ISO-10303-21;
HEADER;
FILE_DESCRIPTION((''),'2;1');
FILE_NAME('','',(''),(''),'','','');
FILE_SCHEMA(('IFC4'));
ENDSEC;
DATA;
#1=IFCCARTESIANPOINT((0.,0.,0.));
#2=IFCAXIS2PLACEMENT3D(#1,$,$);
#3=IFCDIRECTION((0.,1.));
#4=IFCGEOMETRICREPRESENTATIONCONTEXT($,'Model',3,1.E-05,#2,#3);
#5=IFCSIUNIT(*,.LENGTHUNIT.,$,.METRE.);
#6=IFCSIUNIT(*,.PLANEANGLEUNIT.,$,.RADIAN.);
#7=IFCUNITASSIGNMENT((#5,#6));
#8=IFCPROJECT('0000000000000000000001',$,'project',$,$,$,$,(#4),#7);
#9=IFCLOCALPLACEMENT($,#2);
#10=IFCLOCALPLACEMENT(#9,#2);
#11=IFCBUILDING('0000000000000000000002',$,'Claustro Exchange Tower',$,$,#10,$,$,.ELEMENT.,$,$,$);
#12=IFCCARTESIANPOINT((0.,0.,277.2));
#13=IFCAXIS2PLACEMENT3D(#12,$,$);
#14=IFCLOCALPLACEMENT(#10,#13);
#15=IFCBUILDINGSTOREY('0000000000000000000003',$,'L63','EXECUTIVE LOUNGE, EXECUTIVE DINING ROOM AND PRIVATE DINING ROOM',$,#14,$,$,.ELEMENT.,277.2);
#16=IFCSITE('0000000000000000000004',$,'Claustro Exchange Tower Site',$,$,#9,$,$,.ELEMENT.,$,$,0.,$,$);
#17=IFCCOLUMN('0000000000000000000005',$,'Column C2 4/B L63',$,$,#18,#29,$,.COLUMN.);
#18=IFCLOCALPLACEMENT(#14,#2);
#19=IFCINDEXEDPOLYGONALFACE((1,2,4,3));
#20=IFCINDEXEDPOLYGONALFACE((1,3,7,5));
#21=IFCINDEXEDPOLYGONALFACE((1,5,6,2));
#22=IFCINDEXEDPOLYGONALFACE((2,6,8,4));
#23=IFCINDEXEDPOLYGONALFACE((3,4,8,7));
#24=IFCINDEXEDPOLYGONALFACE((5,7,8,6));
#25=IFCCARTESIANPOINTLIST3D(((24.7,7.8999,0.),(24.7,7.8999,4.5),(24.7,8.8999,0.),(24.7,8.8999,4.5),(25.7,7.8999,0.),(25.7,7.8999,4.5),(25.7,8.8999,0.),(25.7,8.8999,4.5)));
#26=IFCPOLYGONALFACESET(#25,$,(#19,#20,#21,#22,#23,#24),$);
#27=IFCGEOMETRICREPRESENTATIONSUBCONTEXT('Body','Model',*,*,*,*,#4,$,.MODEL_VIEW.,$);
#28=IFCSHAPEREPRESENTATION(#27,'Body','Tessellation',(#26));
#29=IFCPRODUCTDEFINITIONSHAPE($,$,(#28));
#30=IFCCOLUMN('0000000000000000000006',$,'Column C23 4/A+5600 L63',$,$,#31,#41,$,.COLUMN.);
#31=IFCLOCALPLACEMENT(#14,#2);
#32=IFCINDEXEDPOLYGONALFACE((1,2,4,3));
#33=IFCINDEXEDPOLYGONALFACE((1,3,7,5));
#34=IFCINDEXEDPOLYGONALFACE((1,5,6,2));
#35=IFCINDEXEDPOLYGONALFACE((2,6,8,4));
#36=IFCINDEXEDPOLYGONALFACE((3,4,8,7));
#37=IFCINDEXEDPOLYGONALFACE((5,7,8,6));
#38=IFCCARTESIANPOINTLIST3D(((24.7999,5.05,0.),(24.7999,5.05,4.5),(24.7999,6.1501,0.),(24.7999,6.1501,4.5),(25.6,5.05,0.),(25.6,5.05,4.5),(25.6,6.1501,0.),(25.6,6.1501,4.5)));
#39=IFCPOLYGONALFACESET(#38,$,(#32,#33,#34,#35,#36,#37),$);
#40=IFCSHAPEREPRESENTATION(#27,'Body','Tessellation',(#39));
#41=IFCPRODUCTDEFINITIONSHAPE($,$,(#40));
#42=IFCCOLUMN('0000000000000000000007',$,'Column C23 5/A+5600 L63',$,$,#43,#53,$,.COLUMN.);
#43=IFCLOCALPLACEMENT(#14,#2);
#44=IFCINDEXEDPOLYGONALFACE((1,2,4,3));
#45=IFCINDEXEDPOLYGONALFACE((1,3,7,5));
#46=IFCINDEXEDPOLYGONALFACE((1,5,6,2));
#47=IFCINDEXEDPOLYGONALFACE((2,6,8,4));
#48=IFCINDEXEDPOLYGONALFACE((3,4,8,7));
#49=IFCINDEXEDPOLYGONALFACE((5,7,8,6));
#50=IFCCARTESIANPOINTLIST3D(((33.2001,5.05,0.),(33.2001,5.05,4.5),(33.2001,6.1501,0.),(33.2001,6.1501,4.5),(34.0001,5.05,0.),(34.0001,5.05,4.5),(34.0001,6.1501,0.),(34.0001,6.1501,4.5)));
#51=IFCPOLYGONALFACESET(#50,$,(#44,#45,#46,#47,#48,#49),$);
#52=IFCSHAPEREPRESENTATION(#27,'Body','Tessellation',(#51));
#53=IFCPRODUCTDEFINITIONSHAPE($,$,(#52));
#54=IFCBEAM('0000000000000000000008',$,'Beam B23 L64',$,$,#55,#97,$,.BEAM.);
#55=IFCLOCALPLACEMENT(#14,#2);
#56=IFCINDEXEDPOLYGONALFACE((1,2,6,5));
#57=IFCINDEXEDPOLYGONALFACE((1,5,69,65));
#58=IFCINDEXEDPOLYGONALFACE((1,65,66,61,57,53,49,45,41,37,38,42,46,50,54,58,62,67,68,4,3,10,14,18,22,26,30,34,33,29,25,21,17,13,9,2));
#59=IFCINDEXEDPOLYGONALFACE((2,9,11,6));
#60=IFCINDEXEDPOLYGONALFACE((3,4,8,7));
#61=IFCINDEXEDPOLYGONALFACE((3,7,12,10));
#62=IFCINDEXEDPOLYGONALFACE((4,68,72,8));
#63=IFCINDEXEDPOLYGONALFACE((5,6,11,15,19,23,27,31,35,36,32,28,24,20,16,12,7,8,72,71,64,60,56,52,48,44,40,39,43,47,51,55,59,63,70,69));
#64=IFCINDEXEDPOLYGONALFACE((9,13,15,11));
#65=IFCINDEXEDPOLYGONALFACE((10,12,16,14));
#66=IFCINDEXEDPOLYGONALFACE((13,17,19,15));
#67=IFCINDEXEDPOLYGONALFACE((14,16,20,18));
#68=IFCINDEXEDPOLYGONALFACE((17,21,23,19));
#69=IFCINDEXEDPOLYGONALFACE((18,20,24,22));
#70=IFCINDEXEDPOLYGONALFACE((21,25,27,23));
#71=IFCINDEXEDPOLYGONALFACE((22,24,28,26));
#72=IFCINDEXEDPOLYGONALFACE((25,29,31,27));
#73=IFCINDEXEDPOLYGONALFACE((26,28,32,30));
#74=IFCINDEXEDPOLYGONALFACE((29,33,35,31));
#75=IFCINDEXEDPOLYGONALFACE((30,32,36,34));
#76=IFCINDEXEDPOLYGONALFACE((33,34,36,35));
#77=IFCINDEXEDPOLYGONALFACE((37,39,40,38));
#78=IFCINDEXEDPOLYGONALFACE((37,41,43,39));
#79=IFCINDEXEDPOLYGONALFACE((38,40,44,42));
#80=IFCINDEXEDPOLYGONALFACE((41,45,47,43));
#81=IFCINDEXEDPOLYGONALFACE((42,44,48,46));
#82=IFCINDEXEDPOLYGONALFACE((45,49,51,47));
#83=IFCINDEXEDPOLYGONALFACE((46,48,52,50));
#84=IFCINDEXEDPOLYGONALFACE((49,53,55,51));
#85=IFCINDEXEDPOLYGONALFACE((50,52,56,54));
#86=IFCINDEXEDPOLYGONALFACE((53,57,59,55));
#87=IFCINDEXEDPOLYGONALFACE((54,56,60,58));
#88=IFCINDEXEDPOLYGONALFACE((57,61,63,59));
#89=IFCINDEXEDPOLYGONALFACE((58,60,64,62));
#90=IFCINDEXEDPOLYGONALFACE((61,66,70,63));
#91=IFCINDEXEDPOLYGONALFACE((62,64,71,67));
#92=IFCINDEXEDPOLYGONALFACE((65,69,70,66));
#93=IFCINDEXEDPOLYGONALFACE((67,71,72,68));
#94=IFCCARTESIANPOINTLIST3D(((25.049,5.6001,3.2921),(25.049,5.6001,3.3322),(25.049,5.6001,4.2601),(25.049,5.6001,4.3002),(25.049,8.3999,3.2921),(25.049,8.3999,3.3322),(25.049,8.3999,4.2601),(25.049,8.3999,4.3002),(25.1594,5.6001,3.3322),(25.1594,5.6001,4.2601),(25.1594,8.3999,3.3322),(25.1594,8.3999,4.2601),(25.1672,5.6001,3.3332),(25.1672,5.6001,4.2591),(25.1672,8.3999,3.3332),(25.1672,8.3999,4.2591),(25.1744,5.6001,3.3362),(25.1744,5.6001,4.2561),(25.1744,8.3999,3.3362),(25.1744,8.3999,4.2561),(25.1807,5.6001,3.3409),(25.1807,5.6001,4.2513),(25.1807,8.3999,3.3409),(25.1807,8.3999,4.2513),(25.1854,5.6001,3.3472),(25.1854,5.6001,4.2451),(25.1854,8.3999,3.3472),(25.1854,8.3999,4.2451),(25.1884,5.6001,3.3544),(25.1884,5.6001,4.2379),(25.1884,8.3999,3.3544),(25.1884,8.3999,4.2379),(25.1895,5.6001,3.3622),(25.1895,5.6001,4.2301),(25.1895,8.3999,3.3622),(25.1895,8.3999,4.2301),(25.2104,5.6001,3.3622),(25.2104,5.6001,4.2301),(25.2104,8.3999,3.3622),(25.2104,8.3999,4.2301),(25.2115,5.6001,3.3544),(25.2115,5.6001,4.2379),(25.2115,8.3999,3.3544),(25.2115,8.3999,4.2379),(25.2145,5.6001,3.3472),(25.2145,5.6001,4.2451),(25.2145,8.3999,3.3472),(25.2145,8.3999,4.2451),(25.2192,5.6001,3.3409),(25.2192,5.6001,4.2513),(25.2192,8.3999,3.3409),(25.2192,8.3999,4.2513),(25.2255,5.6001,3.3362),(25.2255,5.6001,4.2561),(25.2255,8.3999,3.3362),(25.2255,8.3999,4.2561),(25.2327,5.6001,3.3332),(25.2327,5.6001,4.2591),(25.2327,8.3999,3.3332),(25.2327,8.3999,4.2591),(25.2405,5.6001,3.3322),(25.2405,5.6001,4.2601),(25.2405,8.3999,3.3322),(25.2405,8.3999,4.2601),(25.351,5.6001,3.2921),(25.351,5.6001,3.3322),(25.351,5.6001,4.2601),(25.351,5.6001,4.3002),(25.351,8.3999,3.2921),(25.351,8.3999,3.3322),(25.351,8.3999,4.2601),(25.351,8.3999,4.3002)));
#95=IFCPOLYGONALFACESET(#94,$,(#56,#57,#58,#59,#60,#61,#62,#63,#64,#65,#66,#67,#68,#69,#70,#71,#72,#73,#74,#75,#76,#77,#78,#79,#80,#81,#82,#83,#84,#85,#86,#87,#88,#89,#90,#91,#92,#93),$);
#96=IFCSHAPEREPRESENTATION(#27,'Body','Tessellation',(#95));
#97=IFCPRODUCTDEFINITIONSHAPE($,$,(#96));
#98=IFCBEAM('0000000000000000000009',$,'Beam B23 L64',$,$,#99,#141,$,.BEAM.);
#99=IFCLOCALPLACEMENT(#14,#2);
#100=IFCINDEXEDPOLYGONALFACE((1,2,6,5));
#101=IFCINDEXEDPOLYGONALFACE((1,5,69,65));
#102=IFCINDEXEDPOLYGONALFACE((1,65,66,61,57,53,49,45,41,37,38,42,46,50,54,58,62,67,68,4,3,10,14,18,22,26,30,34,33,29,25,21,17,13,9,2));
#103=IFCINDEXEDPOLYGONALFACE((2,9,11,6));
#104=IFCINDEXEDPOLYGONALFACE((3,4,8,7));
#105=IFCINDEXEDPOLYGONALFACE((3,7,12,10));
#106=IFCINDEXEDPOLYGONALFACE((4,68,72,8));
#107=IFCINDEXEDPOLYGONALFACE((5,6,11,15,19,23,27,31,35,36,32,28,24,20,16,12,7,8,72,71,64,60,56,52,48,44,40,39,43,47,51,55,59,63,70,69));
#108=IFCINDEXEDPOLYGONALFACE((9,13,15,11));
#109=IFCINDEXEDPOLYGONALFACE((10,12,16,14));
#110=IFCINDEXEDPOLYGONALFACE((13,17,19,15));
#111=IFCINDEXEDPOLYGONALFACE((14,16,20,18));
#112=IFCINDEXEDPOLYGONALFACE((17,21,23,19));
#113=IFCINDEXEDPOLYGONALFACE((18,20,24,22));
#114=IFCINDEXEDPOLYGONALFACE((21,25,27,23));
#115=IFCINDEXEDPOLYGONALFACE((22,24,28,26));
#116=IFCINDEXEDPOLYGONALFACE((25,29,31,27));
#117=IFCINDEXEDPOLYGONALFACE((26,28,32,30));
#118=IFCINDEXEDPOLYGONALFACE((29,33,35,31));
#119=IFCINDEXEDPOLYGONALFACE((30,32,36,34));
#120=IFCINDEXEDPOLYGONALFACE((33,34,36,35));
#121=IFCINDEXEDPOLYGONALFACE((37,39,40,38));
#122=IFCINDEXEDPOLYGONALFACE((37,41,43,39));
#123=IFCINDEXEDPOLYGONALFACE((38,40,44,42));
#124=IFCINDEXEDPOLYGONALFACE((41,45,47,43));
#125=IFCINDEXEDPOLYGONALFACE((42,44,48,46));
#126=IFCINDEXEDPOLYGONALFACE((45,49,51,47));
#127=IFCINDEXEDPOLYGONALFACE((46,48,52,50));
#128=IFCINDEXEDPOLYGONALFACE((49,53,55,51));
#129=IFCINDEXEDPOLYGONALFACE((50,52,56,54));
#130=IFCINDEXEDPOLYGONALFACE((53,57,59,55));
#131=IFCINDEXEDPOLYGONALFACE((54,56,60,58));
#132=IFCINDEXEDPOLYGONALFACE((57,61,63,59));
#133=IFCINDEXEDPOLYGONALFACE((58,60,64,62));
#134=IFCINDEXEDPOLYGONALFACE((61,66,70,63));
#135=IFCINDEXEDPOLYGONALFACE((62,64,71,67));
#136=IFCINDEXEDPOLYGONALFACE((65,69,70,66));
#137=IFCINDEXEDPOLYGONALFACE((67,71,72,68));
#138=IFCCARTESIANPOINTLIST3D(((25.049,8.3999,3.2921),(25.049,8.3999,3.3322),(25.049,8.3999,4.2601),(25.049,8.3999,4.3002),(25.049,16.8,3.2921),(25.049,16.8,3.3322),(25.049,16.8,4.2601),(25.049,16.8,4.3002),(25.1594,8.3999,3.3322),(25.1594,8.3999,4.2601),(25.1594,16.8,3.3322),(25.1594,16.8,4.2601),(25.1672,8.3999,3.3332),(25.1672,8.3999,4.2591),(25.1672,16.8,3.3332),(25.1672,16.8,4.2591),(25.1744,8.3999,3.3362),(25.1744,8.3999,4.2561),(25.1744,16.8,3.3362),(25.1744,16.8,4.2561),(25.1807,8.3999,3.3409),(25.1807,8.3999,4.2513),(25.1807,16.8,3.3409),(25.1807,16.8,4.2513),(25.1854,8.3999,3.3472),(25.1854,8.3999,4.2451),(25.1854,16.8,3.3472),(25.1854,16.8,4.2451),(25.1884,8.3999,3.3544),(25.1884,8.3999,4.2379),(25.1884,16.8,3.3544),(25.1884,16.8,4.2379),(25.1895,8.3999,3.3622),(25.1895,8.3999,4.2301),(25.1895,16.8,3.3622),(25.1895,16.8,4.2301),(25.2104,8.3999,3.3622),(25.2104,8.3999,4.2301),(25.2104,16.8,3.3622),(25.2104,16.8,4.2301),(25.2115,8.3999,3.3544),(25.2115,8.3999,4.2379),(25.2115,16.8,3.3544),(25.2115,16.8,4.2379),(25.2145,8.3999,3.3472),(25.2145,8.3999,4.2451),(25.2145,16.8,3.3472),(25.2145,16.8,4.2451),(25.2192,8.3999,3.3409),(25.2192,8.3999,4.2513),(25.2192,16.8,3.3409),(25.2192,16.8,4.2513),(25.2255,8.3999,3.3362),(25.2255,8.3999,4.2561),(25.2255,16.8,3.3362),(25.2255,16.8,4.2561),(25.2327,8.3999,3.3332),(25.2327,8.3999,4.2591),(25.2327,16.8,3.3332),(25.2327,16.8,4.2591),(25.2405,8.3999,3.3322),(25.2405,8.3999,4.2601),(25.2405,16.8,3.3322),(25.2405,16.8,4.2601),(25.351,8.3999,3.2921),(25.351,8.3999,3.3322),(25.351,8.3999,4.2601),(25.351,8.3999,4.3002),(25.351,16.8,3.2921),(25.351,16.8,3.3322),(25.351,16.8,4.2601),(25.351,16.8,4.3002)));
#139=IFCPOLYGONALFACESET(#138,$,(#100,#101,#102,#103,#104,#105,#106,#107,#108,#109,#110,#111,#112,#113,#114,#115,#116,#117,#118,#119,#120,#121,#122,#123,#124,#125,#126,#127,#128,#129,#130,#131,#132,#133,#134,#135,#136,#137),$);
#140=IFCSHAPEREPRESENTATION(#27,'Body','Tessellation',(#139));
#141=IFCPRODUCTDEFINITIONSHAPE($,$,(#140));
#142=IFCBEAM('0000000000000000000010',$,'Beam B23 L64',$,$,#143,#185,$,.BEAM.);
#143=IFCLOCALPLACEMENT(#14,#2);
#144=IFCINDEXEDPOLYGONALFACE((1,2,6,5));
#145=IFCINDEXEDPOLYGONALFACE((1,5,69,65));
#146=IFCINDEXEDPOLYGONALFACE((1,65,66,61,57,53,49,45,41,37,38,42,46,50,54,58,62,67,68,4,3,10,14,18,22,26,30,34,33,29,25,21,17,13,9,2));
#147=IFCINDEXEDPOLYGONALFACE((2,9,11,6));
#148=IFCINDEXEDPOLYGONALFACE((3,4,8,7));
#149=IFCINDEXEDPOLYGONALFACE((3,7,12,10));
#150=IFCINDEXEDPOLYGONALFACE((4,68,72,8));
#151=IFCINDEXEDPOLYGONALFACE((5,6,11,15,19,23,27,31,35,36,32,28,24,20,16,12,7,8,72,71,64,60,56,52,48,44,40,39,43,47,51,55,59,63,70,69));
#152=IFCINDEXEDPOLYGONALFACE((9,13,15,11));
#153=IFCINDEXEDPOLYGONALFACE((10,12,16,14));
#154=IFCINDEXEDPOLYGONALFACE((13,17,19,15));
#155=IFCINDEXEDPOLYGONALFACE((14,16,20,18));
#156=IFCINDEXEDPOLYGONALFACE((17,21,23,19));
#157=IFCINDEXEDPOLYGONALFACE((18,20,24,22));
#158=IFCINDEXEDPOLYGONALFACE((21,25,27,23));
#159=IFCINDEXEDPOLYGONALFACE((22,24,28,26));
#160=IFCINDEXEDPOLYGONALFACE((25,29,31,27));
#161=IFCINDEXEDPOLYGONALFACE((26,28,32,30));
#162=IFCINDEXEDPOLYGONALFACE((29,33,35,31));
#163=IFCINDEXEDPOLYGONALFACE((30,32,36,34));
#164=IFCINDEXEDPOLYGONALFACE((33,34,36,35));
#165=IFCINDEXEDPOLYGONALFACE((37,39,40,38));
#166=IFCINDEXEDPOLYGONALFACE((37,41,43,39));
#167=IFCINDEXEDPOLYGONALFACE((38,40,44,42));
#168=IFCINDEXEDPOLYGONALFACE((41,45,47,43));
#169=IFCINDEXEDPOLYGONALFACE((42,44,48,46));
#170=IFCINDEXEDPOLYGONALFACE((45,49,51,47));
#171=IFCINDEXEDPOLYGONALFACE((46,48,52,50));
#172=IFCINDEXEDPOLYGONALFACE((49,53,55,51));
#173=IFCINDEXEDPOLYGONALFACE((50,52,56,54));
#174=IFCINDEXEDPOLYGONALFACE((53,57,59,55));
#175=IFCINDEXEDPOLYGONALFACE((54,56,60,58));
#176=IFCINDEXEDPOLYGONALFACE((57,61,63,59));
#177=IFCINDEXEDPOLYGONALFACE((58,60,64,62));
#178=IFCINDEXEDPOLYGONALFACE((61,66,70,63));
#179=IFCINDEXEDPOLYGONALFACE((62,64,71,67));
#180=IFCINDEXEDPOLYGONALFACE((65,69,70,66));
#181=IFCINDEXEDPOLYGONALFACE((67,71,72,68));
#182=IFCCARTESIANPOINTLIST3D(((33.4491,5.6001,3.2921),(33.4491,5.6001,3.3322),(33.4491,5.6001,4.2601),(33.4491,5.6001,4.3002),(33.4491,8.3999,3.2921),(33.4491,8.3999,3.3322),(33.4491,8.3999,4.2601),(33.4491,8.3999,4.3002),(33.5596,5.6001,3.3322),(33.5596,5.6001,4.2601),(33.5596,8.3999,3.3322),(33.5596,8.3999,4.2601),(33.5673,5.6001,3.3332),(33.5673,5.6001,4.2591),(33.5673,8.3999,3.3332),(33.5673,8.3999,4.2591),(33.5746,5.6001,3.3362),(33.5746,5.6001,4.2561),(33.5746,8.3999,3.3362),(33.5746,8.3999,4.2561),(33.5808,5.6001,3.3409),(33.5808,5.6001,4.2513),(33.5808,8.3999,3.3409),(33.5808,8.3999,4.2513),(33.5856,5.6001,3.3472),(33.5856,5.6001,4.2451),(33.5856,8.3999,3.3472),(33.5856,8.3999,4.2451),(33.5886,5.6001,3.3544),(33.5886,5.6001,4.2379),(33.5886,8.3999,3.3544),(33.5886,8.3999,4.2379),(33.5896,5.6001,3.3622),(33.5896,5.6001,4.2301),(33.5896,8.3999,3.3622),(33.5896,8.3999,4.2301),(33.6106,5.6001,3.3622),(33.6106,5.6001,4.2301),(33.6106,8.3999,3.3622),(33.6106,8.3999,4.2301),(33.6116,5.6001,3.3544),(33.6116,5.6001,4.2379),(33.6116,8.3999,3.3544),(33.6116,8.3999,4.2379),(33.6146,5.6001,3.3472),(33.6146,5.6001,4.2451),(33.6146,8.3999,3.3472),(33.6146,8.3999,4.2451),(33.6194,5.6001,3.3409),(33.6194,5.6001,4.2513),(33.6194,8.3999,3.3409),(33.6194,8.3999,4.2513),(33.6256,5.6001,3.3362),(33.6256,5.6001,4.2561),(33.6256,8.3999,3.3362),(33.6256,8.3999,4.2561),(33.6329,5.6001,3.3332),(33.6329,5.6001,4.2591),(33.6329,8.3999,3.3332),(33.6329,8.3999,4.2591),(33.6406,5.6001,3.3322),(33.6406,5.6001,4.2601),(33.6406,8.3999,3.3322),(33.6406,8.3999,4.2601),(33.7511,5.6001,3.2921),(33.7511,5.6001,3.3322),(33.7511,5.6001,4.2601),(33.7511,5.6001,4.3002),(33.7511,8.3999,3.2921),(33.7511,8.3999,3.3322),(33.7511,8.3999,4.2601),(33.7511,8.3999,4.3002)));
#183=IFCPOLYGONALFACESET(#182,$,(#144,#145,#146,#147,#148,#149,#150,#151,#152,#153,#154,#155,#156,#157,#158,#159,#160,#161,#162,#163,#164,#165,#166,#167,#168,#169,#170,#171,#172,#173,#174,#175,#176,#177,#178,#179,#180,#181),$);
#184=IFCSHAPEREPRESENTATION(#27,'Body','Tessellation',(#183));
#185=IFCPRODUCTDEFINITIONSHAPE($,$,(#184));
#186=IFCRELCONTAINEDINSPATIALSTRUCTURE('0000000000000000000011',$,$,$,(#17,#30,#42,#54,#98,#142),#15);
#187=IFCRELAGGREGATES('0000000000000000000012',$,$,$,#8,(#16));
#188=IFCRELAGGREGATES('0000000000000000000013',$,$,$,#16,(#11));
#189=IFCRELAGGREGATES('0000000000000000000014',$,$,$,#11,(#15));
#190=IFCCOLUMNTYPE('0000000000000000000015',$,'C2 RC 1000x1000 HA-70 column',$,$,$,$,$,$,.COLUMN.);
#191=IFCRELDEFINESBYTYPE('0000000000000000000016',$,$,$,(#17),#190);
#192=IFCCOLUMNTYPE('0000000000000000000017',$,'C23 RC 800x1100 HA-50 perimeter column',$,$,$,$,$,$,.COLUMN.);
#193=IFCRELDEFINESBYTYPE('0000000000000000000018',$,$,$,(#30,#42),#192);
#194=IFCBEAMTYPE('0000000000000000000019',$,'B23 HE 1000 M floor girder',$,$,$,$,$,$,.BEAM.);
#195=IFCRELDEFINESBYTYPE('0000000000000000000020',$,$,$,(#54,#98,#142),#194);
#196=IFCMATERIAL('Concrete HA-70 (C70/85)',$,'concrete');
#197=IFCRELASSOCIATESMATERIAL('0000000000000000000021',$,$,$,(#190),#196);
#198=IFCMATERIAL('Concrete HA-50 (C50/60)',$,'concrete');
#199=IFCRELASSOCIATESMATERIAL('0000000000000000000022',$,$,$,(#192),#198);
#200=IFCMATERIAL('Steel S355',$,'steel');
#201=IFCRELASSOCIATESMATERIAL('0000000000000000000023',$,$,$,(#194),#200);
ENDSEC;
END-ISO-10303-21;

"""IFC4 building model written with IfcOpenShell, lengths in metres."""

from ifc_helpers import new_model, si_unit, direction, frame, origin, origin_2d, place, context, subcontext, project, spatial, rectangle, i_section, extrude, material, material_profile, profile_set, type_object, element, save


model = new_model("IFC4")

# Units and contexts
model_context = context("Model", 3, precision=1e-05, world=origin(), true_north=direction((0.0, 1.0)))
body_context = subcontext(model_context, "Body", "Model", "MODEL_VIEW")
ifc_project = project(units=[si_unit("LENGTHUNIT", "METRE"), si_unit("PLANEANGLEUNIT", "RADIAN")], contexts=[model_context])

# Site, building, storey
site_placement = place(None, origin())
site = spatial("IfcSite", under=ifc_project, at=site_placement, Name="Claustro Exchange Tower Site", CompositionType="ELEMENT", RefElevation=0.0)
building_placement = place(site_placement, origin())
building = spatial("IfcBuilding", under=site, at=building_placement, Name="Claustro Exchange Tower", CompositionType="ELEMENT")
storey_placement = place(building_placement, frame((0.0, 0.0, 277.2)))
storey = spatial("IfcBuildingStorey", under=building, at=storey_placement, Name="L63", Description="EXECUTIVE LOUNGE, EXECUTIVE DINING ROOM AND PRIVATE DINING ROOM", CompositionType="ELEMENT", Elevation=277.2)

# Columns
ifc_material_1 = material(Name="Concrete HA-70 (C70/85)", Category="concrete")
ifc_material_profile_1 = material_profile(ifc_material_1, rectangle(XDim=1.0, YDim=1.0, at=origin_2d()), Name="RC 1000x1000")
ifc_profile_set_1 = profile_set([ifc_material_profile_1], Name="Concrete HA-70 (C70/85)")
column_type_1 = type_object("IfcColumnType", Name="C2 RC 1000x1000 HA-70 column", PredefinedType="COLUMN", material=ifc_profile_set_1)
column_placement = place(storey_placement, frame((25.2, 8.3999, 0.0), z_axis=(0.0, 0.0, 1.0), x_axis=(1.0, 0.0, 0.0)))
element("IfcColumn", 1, at=column_placement, inside=storey, type_object=column_type_1, Name="Column C2 4/B L63", PredefinedType="COLUMN", context=body_context, shape_type="SweptSolid", body=[
    extrude(rectangle(XDim=1.0, YDim=1.0, at=origin_2d()), origin(), (0.0, 0.0, 1.0), 4.5),
])
ifc_material_2 = material(Name="Concrete HA-50 (C50/60)", Category="concrete")
ifc_material_profile_2 = material_profile(ifc_material_2, rectangle(XDim=0.8, YDim=1.1001, at=origin_2d()), Name="RC 800x1100")
ifc_profile_set_2 = profile_set([ifc_material_profile_2], Name="Concrete HA-50 (C50/60)")
column_type_2 = type_object("IfcColumnType", Name="C23 RC 800x1100 HA-50 perimeter column", PredefinedType="COLUMN", material=ifc_profile_set_2)
for number, where, z_axis, x_axis, name in (
    (2, (25.2, 5.6001, 0.0), (0.0, 0.0, 1.0), (1.0, 0.0, 0.0), "Column C23 4/A+5600 L63"),
    (3, (33.6001, 5.6001, 0.0), (0.0, 0.0, 1.0), (1.0, 0.0, 0.0), "Column C23 5/A+5600 L63"),
):
    element("IfcColumn", number, at=place(storey_placement, frame(where, z_axis=z_axis, x_axis=x_axis)), inside=storey, type_object=column_type_2, Name=name, PredefinedType="COLUMN", context=body_context, shape_type="SweptSolid", body=[
        extrude(rectangle(XDim=0.8, YDim=1.1001, at=origin_2d()), origin(), (0.0, 0.0, 1.0), 4.5),
    ])

# Beams
ifc_material_3 = material(Name="Steel S355", Category="steel")
ifc_material_profile_3 = material_profile(ifc_material_3, i_section(OverallWidth=0.302, OverallDepth=1.0081, WebThickness=0.021, FlangeThickness=0.04, FilletRadius=0.03, at=origin_2d()), Name="HE 1000 M")
ifc_profile_set_3 = profile_set([ifc_material_profile_3], Name="Steel S355")
beam_type_1 = type_object("IfcBeamType", Name="B23 HE 1000 M floor girder", PredefinedType="BEAM", material=ifc_profile_set_3)
beam_1_placement = place(storey_placement, frame((25.2, 5.6001, 3.7961), z_axis=(0.0, 1.0, 0.0), x_axis=(-1.0, 0.0, 0.0)))
element("IfcBeam", 4, at=beam_1_placement, inside=storey, type_object=beam_type_1, Name="Beam B23 L64", PredefinedType="BEAM", context=body_context, shape_type="SweptSolid", body=[
    extrude(i_section(OverallWidth=0.302, OverallDepth=1.0081, WebThickness=0.021, FlangeThickness=0.04, FilletRadius=0.03, at=origin_2d()), origin(), (0.0, 0.0, 1.0), 2.7998),
])
beam_2_placement = place(storey_placement, frame((25.2, 8.3999, 3.7961), z_axis=(0.0, 1.0, 0.0), x_axis=(-1.0, 0.0, 0.0)))
element("IfcBeam", 5, at=beam_2_placement, inside=storey, type_object=beam_type_1, Name="Beam B23 L64", PredefinedType="BEAM", context=body_context, shape_type="SweptSolid", body=[
    extrude(i_section(OverallWidth=0.302, OverallDepth=1.0081, WebThickness=0.021, FlangeThickness=0.04, FilletRadius=0.03, at=origin_2d()), origin(), (0.0, 0.0, 1.0), 8.4001),
])
beam_3_placement = place(storey_placement, frame((33.6001, 5.6001, 3.7961), z_axis=(0.0, 1.0, 0.0), x_axis=(-1.0, 0.0, 0.0)))
element("IfcBeam", 6, at=beam_3_placement, inside=storey, type_object=beam_type_1, Name="Beam B23 L64", PredefinedType="BEAM", context=body_context, shape_type="SweptSolid", body=[
    extrude(i_section(OverallWidth=0.302, OverallDepth=1.0081, WebThickness=0.021, FlangeThickness=0.04, FilletRadius=0.03, at=origin_2d()), origin(), (0.0, 0.0, 1.0), 2.7998),
])

save(model, "model.ifc")
